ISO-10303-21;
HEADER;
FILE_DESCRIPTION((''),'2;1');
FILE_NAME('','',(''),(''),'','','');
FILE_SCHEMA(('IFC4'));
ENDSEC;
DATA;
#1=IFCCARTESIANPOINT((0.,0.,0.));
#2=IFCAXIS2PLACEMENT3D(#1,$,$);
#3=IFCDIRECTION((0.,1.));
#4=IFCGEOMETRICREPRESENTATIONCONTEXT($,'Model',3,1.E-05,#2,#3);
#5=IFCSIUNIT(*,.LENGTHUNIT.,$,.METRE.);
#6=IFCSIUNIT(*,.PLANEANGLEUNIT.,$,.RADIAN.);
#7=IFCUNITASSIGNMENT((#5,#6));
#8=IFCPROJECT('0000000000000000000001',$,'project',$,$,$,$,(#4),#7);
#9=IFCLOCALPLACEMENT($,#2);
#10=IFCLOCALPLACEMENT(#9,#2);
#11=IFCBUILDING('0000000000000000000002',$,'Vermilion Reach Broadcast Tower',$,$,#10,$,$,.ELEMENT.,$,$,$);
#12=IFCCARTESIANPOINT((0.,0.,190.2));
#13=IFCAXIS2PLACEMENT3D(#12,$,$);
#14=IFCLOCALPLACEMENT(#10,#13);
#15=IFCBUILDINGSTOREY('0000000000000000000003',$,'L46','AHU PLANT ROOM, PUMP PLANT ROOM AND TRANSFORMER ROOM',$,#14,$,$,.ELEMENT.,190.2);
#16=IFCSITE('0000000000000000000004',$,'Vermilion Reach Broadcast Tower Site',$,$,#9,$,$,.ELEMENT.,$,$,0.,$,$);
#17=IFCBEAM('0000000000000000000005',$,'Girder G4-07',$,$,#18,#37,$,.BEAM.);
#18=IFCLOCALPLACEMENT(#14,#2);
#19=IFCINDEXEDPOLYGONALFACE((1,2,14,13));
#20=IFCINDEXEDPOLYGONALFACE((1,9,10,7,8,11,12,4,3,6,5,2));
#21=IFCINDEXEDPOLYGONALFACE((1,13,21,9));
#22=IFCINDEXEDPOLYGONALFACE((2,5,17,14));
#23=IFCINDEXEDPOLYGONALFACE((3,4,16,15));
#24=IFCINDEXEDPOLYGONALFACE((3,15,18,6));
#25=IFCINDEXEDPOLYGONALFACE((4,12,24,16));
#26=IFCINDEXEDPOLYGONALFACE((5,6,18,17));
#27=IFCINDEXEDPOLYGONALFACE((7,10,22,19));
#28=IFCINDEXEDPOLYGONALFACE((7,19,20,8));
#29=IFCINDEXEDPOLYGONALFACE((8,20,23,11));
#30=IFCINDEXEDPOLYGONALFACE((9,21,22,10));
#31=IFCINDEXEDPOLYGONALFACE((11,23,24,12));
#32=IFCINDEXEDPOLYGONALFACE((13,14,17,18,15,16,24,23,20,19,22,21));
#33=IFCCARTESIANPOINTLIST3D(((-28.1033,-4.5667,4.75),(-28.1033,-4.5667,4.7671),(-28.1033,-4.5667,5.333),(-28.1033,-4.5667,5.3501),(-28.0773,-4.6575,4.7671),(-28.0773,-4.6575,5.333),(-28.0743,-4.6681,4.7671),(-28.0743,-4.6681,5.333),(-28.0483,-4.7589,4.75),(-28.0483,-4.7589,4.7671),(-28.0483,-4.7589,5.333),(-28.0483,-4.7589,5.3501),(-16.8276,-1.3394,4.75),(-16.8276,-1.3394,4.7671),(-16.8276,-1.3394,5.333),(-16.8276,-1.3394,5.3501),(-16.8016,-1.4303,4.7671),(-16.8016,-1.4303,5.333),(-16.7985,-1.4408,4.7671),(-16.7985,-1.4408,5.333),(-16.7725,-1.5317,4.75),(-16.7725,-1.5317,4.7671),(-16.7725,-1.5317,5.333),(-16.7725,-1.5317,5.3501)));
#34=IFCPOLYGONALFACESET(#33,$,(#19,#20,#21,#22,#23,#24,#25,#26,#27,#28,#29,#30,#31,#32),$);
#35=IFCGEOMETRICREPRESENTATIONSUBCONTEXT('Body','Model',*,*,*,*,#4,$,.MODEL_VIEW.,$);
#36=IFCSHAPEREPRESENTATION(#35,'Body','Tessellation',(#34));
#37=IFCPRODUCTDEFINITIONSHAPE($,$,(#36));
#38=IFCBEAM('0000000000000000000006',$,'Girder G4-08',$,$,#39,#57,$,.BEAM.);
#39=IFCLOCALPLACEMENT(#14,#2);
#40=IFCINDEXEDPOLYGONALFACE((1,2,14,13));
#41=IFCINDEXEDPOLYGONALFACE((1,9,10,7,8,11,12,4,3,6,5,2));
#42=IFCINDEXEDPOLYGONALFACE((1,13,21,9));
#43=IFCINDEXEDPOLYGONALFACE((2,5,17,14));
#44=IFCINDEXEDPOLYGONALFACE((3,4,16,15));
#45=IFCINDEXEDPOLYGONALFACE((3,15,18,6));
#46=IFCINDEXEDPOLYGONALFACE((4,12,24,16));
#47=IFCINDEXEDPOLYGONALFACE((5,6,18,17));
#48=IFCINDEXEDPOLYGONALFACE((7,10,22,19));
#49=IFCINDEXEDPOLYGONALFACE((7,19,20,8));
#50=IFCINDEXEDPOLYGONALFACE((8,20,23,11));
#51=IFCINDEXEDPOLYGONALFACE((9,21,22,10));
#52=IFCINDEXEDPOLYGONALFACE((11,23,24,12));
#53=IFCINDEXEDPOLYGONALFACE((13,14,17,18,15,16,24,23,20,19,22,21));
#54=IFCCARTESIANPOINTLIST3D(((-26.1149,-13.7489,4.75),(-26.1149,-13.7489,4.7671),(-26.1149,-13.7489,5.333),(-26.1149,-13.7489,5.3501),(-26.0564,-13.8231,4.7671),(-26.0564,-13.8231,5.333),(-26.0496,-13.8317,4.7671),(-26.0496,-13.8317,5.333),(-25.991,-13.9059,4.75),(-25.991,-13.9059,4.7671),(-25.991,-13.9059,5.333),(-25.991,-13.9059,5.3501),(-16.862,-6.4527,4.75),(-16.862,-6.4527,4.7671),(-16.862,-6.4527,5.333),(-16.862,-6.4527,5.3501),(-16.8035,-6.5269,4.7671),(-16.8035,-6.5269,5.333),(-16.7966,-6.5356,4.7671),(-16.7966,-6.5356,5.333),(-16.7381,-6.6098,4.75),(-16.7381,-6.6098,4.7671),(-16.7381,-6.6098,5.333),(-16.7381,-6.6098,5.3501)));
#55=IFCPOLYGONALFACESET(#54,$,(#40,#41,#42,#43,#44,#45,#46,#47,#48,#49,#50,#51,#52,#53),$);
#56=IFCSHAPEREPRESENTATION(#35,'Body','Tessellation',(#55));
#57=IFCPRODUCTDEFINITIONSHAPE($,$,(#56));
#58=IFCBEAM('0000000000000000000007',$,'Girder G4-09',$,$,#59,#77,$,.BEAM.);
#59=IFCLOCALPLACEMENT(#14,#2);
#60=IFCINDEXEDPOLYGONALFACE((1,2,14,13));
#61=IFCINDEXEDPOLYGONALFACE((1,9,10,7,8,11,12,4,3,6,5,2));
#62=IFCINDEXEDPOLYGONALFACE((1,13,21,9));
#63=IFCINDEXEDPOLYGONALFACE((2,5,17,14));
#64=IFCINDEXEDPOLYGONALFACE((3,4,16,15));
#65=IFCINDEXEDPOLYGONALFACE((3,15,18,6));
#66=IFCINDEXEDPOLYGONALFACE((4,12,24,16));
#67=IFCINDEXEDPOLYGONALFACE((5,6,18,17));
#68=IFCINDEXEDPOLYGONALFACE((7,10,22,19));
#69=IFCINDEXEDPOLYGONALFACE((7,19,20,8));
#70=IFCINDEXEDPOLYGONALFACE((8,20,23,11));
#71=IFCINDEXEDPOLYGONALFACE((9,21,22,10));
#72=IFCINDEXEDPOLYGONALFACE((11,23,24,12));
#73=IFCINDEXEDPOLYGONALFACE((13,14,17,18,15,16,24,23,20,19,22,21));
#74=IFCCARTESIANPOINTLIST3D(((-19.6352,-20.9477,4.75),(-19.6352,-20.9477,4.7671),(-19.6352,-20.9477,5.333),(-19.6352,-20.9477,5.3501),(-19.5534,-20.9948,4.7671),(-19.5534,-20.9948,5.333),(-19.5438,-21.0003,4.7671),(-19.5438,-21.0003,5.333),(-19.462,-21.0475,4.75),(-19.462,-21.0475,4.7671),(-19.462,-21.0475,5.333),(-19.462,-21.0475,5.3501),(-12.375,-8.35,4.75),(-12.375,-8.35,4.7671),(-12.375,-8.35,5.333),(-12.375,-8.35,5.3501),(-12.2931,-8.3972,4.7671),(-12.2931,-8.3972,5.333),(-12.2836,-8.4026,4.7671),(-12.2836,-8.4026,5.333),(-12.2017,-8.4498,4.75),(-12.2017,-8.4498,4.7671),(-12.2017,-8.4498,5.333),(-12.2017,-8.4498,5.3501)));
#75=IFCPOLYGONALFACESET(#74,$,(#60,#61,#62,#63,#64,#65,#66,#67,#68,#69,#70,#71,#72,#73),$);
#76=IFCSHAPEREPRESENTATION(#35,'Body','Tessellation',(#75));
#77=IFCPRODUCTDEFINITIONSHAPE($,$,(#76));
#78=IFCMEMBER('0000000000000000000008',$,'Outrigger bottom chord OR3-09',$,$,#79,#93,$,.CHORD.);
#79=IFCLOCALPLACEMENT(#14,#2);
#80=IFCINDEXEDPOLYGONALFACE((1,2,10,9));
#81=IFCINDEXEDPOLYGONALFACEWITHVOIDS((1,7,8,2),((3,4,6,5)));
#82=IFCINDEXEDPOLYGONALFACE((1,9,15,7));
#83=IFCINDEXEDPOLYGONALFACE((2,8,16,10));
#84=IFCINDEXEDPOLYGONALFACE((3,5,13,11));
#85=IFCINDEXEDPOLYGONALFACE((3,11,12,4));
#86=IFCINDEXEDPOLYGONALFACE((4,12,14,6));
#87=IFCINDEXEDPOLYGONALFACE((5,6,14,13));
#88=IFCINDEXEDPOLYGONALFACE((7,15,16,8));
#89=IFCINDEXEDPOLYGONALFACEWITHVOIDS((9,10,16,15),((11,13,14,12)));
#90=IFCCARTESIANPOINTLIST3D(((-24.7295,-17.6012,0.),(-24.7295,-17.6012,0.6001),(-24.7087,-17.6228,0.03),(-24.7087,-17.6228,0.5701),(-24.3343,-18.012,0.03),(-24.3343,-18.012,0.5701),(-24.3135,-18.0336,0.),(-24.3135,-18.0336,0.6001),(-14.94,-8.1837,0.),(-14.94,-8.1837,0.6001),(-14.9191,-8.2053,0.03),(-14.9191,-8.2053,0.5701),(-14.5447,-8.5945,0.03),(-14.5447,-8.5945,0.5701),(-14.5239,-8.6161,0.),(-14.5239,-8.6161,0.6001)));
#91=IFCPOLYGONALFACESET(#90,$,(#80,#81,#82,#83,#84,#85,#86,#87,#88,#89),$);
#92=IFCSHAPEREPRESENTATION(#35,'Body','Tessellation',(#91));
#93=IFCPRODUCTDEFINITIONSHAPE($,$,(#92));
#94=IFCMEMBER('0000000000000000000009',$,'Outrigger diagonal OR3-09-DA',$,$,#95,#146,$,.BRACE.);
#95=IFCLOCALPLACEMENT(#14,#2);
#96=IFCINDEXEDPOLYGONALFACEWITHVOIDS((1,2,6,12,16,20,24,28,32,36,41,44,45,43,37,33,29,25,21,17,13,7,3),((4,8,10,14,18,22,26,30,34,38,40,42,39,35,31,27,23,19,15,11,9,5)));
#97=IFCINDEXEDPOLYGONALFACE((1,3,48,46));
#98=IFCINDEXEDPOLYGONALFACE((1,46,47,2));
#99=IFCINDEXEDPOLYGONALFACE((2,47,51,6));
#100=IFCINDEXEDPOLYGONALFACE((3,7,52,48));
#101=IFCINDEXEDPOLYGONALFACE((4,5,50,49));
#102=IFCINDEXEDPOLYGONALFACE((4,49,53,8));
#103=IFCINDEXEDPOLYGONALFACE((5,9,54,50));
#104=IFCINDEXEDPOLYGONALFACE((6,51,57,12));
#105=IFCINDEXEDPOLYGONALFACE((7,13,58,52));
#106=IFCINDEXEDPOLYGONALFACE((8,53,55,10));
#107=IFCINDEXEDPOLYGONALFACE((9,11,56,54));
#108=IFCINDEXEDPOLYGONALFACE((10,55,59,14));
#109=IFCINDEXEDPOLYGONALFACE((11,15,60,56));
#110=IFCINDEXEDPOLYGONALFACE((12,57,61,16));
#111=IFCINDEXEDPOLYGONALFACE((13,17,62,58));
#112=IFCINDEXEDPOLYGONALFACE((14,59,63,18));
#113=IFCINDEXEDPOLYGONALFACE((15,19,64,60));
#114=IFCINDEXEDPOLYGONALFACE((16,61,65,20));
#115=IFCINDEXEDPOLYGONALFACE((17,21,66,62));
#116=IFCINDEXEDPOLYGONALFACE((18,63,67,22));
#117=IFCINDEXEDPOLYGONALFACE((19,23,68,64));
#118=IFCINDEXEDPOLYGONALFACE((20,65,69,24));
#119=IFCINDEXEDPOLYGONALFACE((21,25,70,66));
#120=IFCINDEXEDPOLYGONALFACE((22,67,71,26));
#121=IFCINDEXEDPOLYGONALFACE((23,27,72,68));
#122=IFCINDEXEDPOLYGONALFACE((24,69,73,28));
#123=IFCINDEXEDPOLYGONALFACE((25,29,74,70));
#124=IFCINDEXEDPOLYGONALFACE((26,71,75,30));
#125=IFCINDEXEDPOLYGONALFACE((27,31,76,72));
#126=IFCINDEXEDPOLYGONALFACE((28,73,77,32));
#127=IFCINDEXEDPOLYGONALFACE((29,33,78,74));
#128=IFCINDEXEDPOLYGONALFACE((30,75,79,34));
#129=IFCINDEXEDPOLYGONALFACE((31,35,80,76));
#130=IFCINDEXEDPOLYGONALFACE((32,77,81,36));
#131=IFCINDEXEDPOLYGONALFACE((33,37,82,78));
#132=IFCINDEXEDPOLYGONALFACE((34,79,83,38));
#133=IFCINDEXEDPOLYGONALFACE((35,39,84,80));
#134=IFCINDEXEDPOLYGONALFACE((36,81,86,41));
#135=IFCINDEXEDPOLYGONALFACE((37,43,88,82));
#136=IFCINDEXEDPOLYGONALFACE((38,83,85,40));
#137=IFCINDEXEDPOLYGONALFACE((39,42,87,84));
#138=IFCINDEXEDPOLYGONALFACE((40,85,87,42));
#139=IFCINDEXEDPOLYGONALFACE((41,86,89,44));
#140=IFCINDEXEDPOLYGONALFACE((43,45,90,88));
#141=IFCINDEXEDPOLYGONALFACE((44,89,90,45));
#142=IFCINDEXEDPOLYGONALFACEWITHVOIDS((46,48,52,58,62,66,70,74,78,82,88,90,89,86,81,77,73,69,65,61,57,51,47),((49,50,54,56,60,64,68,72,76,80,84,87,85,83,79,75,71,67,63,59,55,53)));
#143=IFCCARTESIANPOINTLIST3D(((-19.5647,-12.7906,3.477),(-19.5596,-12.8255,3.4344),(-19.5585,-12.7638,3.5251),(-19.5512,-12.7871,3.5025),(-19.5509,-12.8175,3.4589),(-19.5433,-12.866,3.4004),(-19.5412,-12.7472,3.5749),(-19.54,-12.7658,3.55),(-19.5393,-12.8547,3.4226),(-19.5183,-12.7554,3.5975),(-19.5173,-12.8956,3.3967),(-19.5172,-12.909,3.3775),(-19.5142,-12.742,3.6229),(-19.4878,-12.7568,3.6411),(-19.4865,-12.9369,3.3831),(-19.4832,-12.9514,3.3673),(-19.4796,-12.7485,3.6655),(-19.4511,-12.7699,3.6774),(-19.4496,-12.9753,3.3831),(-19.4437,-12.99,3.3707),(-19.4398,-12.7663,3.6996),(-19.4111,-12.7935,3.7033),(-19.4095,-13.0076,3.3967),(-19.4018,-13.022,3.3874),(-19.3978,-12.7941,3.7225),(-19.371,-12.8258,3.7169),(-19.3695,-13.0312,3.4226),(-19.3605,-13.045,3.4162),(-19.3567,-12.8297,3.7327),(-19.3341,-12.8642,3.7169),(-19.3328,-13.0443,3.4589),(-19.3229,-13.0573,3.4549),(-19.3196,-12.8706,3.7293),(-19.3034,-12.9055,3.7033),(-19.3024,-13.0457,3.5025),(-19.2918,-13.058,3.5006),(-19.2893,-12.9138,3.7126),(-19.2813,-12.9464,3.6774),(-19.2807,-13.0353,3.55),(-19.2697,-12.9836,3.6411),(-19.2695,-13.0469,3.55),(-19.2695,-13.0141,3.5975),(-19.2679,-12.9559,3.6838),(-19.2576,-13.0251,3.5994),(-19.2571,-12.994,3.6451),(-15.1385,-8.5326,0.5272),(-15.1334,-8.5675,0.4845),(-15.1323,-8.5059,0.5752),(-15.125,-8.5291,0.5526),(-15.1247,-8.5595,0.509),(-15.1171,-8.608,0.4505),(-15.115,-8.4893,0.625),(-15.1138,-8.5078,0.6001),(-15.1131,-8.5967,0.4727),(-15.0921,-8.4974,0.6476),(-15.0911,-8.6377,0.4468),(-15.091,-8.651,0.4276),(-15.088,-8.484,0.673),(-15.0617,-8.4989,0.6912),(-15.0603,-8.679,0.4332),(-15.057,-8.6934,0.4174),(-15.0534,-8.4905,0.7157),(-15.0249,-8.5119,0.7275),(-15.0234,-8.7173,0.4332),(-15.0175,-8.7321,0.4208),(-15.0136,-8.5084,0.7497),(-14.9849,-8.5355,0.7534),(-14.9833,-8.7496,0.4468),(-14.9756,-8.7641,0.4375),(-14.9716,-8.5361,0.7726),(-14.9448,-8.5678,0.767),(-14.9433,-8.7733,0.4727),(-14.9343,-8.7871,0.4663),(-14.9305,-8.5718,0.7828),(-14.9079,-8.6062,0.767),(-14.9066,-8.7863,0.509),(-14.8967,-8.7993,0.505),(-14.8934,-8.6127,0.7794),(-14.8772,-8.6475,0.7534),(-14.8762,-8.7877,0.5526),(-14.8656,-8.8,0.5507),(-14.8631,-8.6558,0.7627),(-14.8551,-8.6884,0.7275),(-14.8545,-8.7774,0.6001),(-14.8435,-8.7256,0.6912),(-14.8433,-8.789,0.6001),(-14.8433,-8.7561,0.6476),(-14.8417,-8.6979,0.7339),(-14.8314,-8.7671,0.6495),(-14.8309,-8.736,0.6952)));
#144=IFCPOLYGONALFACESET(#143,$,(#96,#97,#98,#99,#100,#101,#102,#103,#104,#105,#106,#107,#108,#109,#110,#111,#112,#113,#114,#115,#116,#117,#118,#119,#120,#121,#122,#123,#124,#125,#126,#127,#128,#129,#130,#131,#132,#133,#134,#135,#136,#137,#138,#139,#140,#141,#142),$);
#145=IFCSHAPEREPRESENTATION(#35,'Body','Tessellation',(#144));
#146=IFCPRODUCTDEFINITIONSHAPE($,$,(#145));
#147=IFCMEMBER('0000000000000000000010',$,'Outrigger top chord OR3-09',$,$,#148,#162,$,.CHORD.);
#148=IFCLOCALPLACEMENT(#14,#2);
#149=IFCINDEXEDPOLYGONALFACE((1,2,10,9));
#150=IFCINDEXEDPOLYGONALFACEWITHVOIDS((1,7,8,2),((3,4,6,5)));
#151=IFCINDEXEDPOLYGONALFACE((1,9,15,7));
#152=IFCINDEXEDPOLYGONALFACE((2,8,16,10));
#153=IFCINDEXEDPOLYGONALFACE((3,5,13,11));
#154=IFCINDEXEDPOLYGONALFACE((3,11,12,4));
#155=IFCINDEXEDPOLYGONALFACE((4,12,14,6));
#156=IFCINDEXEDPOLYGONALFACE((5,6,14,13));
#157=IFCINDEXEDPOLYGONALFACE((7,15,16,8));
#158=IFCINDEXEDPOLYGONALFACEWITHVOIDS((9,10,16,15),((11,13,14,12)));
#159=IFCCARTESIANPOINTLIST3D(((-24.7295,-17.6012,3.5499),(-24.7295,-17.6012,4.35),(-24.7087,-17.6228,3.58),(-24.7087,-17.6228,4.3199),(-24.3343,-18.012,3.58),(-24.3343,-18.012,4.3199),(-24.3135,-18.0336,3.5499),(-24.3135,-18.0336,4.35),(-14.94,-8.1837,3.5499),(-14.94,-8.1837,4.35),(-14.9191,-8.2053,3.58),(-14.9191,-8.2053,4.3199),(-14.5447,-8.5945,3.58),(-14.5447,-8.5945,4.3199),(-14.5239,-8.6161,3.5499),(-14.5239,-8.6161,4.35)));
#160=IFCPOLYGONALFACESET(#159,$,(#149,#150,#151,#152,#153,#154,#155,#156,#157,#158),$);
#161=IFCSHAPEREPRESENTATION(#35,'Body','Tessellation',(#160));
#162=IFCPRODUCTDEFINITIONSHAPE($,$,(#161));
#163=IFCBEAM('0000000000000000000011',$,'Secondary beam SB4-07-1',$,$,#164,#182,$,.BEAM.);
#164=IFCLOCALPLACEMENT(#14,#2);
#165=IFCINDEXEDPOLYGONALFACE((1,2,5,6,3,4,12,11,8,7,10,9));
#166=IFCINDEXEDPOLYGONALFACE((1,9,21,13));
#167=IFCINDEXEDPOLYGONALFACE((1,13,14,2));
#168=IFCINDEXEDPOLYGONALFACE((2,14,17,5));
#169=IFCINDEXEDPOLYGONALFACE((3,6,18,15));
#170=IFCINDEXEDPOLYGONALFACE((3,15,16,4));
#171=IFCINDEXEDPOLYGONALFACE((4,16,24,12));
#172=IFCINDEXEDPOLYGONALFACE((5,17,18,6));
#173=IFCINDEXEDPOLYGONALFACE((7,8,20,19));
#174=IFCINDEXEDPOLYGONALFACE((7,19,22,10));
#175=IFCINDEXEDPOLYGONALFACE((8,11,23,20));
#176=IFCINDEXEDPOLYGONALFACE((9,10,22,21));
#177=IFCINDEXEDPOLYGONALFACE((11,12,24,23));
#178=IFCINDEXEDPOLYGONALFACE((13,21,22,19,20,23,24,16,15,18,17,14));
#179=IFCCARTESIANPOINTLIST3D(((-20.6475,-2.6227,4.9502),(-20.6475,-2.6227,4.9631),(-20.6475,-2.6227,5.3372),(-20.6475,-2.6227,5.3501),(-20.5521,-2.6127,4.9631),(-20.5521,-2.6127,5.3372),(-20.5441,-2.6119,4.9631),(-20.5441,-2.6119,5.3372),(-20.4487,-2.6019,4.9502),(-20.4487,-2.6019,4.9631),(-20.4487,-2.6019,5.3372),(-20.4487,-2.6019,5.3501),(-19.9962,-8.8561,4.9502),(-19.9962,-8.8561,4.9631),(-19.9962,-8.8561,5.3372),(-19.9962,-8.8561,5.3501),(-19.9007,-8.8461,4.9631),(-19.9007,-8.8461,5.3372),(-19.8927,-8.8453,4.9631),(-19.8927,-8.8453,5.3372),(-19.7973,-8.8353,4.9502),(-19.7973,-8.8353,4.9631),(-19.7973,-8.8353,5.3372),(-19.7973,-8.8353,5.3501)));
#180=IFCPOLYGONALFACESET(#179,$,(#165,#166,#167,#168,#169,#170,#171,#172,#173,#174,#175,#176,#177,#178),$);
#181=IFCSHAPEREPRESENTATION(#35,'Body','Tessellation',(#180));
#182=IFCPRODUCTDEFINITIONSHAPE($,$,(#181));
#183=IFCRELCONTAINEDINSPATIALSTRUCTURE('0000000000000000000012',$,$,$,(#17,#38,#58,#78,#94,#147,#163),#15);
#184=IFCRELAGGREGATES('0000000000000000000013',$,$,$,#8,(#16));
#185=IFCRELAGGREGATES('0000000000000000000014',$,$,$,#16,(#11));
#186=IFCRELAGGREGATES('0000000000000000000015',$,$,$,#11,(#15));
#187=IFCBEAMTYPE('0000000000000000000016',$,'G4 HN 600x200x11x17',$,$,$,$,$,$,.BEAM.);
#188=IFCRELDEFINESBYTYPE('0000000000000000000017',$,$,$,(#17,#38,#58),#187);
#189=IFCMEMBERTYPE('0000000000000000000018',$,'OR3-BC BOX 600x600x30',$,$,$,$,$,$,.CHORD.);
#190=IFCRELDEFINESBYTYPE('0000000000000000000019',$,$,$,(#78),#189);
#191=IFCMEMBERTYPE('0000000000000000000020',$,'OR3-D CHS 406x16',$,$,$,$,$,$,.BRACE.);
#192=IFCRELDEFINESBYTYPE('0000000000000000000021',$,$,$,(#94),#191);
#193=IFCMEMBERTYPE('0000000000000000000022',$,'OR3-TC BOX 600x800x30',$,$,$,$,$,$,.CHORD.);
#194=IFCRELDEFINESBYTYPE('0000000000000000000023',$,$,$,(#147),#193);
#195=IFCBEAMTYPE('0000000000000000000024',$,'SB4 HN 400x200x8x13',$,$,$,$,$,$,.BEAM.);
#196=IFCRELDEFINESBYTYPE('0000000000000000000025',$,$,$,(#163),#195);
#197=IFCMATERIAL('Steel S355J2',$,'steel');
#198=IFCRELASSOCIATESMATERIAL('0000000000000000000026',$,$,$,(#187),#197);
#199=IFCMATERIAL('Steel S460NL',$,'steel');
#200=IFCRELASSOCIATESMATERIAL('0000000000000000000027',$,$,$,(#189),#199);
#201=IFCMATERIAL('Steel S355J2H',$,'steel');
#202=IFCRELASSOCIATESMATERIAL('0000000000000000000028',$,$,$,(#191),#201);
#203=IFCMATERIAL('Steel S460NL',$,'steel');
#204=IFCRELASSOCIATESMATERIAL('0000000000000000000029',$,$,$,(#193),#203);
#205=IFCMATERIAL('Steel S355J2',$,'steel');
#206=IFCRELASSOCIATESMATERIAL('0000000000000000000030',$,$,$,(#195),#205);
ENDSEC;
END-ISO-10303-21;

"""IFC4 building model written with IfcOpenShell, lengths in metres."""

from ifc_helpers import new_model, si_unit, direction, frame, origin, origin_2d, place, context, subcontext, project, spatial, hollow_rectangle, hollow_circle, i_section, extrude, material, material_profile, profile_set, type_object, element, save


model = new_model("IFC4")

# Units and contexts
model_context = context("Model", 3, precision=1e-05, world=origin(), true_north=direction((0.0, 1.0)))
body_context = subcontext(model_context, "Body", "Model", "MODEL_VIEW")
ifc_project = project(units=[si_unit("LENGTHUNIT", "METRE"), si_unit("PLANEANGLEUNIT", "RADIAN")], contexts=[model_context])

# Site, building, storey
site_placement = place(None, origin())
site = spatial("IfcSite", under=ifc_project, at=site_placement, Name="Vermilion Reach Broadcast Tower Site", CompositionType="ELEMENT", RefElevation=0.0)
building_placement = place(site_placement, origin())
building = spatial("IfcBuilding", under=site, at=building_placement, Name="Vermilion Reach Broadcast Tower", CompositionType="ELEMENT")
storey_placement = place(building_placement, frame((0.0, 0.0, 190.2)))
storey = spatial("IfcBuildingStorey", under=building, at=storey_placement, Name="L46", Description="AHU PLANT ROOM, PUMP PLANT ROOM AND TRANSFORMER ROOM", CompositionType="ELEMENT", Elevation=190.2)

# Beams
ifc_material_1 = material(Name="Steel S355J2", Category="steel")
ifc_material_profile_1 = material_profile(ifc_material_1, i_section(OverallWidth=0.2, OverallDepth=0.6001, WebThickness=0.011, FlangeThickness=0.0171, at=origin_2d()), Name="S355J2 HN 600x200x11x17")
ifc_profile_set_1 = profile_set([ifc_material_profile_1], Name="Steel S355J2")
beam_type_1 = type_object("IfcBeamType", Name="G4 HN 600x200x11x17", PredefinedType="BEAM", material=ifc_profile_set_1)
beam_1_placement = place(storey_placement, frame((-16.8, -1.4355, 5.05), z_axis=(-0.961397, -0.275164, 0.0), x_axis=(0.275164, -0.961397, 0.0)))
element("IfcBeam", 1, at=beam_1_placement, inside=storey, type_object=beam_type_1, Name="Girder G4-07", PredefinedType="BEAM", context=body_context, shape_type="SweptSolid", body=[
    extrude(i_section(OverallWidth=0.2, OverallDepth=0.6001, WebThickness=0.011, FlangeThickness=0.0171, at=origin_2d()), origin(), (0.0, 0.0, 1.0), 11.7285),
])
beam_2_placement = place(storey_placement, frame((-16.8, -6.5312, 5.05), z_axis=(-0.785246, -0.619184, 0.0), x_axis=(0.619184, -0.785246, 0.0)))
element("IfcBeam", 2, at=beam_2_placement, inside=storey, type_object=beam_type_1, Name="Girder G4-08", PredefinedType="BEAM", context=body_context, shape_type="SweptSolid", body=[
    extrude(i_section(OverallWidth=0.2, OverallDepth=0.6001, WebThickness=0.011, FlangeThickness=0.0171, at=origin_2d()), origin(), (0.0, 0.0, 1.0), 11.7834),
])
beam_3_placement = place(storey_placement, frame((-12.2883, -8.3999, 5.05), z_axis=(-0.499329, -0.866412, 0.0), x_axis=(0.866412, -0.499329, 0.0)))
element("IfcBeam", 3, at=beam_3_placement, inside=storey, type_object=beam_type_1, Name="Girder G4-09", PredefinedType="BEAM", context=body_context, shape_type="SweptSolid", body=[
    extrude(i_section(OverallWidth=0.2, OverallDepth=0.6001, WebThickness=0.011, FlangeThickness=0.0171, at=origin_2d()), origin(), (0.0, 0.0, 1.0), 14.54),
])

# Members
ifc_material_2 = material(Name="Steel S460NL", Category="steel")
ifc_material_profile_2 = material_profile(ifc_material_2, hollow_rectangle(XDim=0.6001, YDim=0.6001, WallThickness=0.03, at=origin_2d()), Name="S460NL BOX 600x600x30")
ifc_profile_set_2 = profile_set([ifc_material_profile_2], Name="Steel S460NL")
member_type_1 = type_object("IfcMemberType", Name="OR3-BC BOX 600x600x30", PredefinedType="CHORD", material=ifc_profile_set_2)
member_1_placement = place(storey_placement, frame((-14.7319, -8.3999, 0.3), z_axis=(-0.720669, -0.693279, 0.0), x_axis=(0.693279, -0.720669, 0.0)))
element("IfcMember", 4, at=member_1_placement, inside=storey, type_object=member_type_1, Name="Outrigger bottom chord OR3-09", PredefinedType="CHORD", context=body_context, shape_type="SweptSolid", body=[
    extrude(hollow_rectangle(XDim=0.6001, YDim=0.6001, WallThickness=0.03, at=origin_2d()), origin(), (0.0, 0.0, 1.0), 13.584),
])
ifc_material_3 = material(Name="Steel S355J2H", Category="steel")
ifc_material_profile_3 = material_profile(ifc_material_3, hollow_circle(Radius=0.2031, WallThickness=0.0161, at=origin_2d()), Name="S355J2H CHS 406x16")
ifc_profile_set_3 = profile_set([ifc_material_profile_3], Name="Steel S355J2H")
member_type_2 = type_object("IfcMemberType", Name="OR3-D CHS 406x16", PredefinedType="BRACE", material=ifc_profile_set_3)
member_2_placement = place(storey_placement, frame((-14.9841, -8.6426, 0.6001), z_axis=(-0.649623, -0.624935, 0.432951), x_axis=(0.69328, -0.720668, 0.0)))
element("IfcMember", 5, at=member_2_placement, inside=storey, type_object=member_type_2, Name="Outrigger diagonal OR3-09-DA", PredefinedType="BRACE", context=body_context, shape_type="SweptSolid", body=[
    extrude(hollow_circle(Radius=0.2031, WallThickness=0.0161, at=origin_2d()), origin(), (0.0, 0.0, 1.0), 6.8135),
])
ifc_material_4 = material(Name="Steel S460NL", Category="steel")
ifc_material_profile_4 = material_profile(ifc_material_4, hollow_rectangle(XDim=0.6001, YDim=0.8, WallThickness=0.03, at=origin_2d()), Name="S460NL BOX 600x800x30")
ifc_profile_set_4 = profile_set([ifc_material_profile_4], Name="Steel S460NL")
member_type_3 = type_object("IfcMemberType", Name="OR3-TC BOX 600x800x30", PredefinedType="CHORD", material=ifc_profile_set_4)
member_3_placement = place(storey_placement, frame((-14.7319, -8.3999, 3.95), z_axis=(-0.720669, -0.693279, 0.0), x_axis=(0.693279, -0.720669, 0.0)))
element("IfcMember", 6, at=member_3_placement, inside=storey, type_object=member_type_3, Name="Outrigger top chord OR3-09", PredefinedType="CHORD", context=body_context, shape_type="SweptSolid", body=[
    extrude(hollow_rectangle(XDim=0.6001, YDim=0.8, WallThickness=0.03, at=origin_2d()), origin(), (0.0, 0.0, 1.0), 13.584),
])

# Beam
ifc_material_5 = material(Name="Steel S355J2", Category="steel")
ifc_material_profile_5 = material_profile(ifc_material_5, i_section(OverallWidth=0.2, OverallDepth=0.3999, WebThickness=0.0081, FlangeThickness=0.0129, at=origin_2d()), Name="S355J2 HN 400x200x8x13")
ifc_profile_set_5 = profile_set([ifc_material_profile_5], Name="Steel S355J2")
beam_type_2 = type_object("IfcBeamType", Name="SB4 HN 400x200x8x13", PredefinedType="BEAM", material=ifc_profile_set_5)
beam_4_placement = place(storey_placement, frame((-20.5481, -2.6123, 5.1501), z_axis=(0.10393, -0.994585, 0.0), x_axis=(0.994585, 0.10393, 0.0)))
element("IfcBeam", 7, at=beam_4_placement, inside=storey, type_object=beam_type_2, Name="Secondary beam SB4-07-1", PredefinedType="BEAM", context=body_context, shape_type="SweptSolid", body=[
    extrude(i_section(OverallWidth=0.2, OverallDepth=0.3999, WebThickness=0.0081, FlangeThickness=0.0129, at=origin_2d()), origin(), (0.0, 0.0, 1.0), 6.2673),
])

save(model, "model.ifc")
